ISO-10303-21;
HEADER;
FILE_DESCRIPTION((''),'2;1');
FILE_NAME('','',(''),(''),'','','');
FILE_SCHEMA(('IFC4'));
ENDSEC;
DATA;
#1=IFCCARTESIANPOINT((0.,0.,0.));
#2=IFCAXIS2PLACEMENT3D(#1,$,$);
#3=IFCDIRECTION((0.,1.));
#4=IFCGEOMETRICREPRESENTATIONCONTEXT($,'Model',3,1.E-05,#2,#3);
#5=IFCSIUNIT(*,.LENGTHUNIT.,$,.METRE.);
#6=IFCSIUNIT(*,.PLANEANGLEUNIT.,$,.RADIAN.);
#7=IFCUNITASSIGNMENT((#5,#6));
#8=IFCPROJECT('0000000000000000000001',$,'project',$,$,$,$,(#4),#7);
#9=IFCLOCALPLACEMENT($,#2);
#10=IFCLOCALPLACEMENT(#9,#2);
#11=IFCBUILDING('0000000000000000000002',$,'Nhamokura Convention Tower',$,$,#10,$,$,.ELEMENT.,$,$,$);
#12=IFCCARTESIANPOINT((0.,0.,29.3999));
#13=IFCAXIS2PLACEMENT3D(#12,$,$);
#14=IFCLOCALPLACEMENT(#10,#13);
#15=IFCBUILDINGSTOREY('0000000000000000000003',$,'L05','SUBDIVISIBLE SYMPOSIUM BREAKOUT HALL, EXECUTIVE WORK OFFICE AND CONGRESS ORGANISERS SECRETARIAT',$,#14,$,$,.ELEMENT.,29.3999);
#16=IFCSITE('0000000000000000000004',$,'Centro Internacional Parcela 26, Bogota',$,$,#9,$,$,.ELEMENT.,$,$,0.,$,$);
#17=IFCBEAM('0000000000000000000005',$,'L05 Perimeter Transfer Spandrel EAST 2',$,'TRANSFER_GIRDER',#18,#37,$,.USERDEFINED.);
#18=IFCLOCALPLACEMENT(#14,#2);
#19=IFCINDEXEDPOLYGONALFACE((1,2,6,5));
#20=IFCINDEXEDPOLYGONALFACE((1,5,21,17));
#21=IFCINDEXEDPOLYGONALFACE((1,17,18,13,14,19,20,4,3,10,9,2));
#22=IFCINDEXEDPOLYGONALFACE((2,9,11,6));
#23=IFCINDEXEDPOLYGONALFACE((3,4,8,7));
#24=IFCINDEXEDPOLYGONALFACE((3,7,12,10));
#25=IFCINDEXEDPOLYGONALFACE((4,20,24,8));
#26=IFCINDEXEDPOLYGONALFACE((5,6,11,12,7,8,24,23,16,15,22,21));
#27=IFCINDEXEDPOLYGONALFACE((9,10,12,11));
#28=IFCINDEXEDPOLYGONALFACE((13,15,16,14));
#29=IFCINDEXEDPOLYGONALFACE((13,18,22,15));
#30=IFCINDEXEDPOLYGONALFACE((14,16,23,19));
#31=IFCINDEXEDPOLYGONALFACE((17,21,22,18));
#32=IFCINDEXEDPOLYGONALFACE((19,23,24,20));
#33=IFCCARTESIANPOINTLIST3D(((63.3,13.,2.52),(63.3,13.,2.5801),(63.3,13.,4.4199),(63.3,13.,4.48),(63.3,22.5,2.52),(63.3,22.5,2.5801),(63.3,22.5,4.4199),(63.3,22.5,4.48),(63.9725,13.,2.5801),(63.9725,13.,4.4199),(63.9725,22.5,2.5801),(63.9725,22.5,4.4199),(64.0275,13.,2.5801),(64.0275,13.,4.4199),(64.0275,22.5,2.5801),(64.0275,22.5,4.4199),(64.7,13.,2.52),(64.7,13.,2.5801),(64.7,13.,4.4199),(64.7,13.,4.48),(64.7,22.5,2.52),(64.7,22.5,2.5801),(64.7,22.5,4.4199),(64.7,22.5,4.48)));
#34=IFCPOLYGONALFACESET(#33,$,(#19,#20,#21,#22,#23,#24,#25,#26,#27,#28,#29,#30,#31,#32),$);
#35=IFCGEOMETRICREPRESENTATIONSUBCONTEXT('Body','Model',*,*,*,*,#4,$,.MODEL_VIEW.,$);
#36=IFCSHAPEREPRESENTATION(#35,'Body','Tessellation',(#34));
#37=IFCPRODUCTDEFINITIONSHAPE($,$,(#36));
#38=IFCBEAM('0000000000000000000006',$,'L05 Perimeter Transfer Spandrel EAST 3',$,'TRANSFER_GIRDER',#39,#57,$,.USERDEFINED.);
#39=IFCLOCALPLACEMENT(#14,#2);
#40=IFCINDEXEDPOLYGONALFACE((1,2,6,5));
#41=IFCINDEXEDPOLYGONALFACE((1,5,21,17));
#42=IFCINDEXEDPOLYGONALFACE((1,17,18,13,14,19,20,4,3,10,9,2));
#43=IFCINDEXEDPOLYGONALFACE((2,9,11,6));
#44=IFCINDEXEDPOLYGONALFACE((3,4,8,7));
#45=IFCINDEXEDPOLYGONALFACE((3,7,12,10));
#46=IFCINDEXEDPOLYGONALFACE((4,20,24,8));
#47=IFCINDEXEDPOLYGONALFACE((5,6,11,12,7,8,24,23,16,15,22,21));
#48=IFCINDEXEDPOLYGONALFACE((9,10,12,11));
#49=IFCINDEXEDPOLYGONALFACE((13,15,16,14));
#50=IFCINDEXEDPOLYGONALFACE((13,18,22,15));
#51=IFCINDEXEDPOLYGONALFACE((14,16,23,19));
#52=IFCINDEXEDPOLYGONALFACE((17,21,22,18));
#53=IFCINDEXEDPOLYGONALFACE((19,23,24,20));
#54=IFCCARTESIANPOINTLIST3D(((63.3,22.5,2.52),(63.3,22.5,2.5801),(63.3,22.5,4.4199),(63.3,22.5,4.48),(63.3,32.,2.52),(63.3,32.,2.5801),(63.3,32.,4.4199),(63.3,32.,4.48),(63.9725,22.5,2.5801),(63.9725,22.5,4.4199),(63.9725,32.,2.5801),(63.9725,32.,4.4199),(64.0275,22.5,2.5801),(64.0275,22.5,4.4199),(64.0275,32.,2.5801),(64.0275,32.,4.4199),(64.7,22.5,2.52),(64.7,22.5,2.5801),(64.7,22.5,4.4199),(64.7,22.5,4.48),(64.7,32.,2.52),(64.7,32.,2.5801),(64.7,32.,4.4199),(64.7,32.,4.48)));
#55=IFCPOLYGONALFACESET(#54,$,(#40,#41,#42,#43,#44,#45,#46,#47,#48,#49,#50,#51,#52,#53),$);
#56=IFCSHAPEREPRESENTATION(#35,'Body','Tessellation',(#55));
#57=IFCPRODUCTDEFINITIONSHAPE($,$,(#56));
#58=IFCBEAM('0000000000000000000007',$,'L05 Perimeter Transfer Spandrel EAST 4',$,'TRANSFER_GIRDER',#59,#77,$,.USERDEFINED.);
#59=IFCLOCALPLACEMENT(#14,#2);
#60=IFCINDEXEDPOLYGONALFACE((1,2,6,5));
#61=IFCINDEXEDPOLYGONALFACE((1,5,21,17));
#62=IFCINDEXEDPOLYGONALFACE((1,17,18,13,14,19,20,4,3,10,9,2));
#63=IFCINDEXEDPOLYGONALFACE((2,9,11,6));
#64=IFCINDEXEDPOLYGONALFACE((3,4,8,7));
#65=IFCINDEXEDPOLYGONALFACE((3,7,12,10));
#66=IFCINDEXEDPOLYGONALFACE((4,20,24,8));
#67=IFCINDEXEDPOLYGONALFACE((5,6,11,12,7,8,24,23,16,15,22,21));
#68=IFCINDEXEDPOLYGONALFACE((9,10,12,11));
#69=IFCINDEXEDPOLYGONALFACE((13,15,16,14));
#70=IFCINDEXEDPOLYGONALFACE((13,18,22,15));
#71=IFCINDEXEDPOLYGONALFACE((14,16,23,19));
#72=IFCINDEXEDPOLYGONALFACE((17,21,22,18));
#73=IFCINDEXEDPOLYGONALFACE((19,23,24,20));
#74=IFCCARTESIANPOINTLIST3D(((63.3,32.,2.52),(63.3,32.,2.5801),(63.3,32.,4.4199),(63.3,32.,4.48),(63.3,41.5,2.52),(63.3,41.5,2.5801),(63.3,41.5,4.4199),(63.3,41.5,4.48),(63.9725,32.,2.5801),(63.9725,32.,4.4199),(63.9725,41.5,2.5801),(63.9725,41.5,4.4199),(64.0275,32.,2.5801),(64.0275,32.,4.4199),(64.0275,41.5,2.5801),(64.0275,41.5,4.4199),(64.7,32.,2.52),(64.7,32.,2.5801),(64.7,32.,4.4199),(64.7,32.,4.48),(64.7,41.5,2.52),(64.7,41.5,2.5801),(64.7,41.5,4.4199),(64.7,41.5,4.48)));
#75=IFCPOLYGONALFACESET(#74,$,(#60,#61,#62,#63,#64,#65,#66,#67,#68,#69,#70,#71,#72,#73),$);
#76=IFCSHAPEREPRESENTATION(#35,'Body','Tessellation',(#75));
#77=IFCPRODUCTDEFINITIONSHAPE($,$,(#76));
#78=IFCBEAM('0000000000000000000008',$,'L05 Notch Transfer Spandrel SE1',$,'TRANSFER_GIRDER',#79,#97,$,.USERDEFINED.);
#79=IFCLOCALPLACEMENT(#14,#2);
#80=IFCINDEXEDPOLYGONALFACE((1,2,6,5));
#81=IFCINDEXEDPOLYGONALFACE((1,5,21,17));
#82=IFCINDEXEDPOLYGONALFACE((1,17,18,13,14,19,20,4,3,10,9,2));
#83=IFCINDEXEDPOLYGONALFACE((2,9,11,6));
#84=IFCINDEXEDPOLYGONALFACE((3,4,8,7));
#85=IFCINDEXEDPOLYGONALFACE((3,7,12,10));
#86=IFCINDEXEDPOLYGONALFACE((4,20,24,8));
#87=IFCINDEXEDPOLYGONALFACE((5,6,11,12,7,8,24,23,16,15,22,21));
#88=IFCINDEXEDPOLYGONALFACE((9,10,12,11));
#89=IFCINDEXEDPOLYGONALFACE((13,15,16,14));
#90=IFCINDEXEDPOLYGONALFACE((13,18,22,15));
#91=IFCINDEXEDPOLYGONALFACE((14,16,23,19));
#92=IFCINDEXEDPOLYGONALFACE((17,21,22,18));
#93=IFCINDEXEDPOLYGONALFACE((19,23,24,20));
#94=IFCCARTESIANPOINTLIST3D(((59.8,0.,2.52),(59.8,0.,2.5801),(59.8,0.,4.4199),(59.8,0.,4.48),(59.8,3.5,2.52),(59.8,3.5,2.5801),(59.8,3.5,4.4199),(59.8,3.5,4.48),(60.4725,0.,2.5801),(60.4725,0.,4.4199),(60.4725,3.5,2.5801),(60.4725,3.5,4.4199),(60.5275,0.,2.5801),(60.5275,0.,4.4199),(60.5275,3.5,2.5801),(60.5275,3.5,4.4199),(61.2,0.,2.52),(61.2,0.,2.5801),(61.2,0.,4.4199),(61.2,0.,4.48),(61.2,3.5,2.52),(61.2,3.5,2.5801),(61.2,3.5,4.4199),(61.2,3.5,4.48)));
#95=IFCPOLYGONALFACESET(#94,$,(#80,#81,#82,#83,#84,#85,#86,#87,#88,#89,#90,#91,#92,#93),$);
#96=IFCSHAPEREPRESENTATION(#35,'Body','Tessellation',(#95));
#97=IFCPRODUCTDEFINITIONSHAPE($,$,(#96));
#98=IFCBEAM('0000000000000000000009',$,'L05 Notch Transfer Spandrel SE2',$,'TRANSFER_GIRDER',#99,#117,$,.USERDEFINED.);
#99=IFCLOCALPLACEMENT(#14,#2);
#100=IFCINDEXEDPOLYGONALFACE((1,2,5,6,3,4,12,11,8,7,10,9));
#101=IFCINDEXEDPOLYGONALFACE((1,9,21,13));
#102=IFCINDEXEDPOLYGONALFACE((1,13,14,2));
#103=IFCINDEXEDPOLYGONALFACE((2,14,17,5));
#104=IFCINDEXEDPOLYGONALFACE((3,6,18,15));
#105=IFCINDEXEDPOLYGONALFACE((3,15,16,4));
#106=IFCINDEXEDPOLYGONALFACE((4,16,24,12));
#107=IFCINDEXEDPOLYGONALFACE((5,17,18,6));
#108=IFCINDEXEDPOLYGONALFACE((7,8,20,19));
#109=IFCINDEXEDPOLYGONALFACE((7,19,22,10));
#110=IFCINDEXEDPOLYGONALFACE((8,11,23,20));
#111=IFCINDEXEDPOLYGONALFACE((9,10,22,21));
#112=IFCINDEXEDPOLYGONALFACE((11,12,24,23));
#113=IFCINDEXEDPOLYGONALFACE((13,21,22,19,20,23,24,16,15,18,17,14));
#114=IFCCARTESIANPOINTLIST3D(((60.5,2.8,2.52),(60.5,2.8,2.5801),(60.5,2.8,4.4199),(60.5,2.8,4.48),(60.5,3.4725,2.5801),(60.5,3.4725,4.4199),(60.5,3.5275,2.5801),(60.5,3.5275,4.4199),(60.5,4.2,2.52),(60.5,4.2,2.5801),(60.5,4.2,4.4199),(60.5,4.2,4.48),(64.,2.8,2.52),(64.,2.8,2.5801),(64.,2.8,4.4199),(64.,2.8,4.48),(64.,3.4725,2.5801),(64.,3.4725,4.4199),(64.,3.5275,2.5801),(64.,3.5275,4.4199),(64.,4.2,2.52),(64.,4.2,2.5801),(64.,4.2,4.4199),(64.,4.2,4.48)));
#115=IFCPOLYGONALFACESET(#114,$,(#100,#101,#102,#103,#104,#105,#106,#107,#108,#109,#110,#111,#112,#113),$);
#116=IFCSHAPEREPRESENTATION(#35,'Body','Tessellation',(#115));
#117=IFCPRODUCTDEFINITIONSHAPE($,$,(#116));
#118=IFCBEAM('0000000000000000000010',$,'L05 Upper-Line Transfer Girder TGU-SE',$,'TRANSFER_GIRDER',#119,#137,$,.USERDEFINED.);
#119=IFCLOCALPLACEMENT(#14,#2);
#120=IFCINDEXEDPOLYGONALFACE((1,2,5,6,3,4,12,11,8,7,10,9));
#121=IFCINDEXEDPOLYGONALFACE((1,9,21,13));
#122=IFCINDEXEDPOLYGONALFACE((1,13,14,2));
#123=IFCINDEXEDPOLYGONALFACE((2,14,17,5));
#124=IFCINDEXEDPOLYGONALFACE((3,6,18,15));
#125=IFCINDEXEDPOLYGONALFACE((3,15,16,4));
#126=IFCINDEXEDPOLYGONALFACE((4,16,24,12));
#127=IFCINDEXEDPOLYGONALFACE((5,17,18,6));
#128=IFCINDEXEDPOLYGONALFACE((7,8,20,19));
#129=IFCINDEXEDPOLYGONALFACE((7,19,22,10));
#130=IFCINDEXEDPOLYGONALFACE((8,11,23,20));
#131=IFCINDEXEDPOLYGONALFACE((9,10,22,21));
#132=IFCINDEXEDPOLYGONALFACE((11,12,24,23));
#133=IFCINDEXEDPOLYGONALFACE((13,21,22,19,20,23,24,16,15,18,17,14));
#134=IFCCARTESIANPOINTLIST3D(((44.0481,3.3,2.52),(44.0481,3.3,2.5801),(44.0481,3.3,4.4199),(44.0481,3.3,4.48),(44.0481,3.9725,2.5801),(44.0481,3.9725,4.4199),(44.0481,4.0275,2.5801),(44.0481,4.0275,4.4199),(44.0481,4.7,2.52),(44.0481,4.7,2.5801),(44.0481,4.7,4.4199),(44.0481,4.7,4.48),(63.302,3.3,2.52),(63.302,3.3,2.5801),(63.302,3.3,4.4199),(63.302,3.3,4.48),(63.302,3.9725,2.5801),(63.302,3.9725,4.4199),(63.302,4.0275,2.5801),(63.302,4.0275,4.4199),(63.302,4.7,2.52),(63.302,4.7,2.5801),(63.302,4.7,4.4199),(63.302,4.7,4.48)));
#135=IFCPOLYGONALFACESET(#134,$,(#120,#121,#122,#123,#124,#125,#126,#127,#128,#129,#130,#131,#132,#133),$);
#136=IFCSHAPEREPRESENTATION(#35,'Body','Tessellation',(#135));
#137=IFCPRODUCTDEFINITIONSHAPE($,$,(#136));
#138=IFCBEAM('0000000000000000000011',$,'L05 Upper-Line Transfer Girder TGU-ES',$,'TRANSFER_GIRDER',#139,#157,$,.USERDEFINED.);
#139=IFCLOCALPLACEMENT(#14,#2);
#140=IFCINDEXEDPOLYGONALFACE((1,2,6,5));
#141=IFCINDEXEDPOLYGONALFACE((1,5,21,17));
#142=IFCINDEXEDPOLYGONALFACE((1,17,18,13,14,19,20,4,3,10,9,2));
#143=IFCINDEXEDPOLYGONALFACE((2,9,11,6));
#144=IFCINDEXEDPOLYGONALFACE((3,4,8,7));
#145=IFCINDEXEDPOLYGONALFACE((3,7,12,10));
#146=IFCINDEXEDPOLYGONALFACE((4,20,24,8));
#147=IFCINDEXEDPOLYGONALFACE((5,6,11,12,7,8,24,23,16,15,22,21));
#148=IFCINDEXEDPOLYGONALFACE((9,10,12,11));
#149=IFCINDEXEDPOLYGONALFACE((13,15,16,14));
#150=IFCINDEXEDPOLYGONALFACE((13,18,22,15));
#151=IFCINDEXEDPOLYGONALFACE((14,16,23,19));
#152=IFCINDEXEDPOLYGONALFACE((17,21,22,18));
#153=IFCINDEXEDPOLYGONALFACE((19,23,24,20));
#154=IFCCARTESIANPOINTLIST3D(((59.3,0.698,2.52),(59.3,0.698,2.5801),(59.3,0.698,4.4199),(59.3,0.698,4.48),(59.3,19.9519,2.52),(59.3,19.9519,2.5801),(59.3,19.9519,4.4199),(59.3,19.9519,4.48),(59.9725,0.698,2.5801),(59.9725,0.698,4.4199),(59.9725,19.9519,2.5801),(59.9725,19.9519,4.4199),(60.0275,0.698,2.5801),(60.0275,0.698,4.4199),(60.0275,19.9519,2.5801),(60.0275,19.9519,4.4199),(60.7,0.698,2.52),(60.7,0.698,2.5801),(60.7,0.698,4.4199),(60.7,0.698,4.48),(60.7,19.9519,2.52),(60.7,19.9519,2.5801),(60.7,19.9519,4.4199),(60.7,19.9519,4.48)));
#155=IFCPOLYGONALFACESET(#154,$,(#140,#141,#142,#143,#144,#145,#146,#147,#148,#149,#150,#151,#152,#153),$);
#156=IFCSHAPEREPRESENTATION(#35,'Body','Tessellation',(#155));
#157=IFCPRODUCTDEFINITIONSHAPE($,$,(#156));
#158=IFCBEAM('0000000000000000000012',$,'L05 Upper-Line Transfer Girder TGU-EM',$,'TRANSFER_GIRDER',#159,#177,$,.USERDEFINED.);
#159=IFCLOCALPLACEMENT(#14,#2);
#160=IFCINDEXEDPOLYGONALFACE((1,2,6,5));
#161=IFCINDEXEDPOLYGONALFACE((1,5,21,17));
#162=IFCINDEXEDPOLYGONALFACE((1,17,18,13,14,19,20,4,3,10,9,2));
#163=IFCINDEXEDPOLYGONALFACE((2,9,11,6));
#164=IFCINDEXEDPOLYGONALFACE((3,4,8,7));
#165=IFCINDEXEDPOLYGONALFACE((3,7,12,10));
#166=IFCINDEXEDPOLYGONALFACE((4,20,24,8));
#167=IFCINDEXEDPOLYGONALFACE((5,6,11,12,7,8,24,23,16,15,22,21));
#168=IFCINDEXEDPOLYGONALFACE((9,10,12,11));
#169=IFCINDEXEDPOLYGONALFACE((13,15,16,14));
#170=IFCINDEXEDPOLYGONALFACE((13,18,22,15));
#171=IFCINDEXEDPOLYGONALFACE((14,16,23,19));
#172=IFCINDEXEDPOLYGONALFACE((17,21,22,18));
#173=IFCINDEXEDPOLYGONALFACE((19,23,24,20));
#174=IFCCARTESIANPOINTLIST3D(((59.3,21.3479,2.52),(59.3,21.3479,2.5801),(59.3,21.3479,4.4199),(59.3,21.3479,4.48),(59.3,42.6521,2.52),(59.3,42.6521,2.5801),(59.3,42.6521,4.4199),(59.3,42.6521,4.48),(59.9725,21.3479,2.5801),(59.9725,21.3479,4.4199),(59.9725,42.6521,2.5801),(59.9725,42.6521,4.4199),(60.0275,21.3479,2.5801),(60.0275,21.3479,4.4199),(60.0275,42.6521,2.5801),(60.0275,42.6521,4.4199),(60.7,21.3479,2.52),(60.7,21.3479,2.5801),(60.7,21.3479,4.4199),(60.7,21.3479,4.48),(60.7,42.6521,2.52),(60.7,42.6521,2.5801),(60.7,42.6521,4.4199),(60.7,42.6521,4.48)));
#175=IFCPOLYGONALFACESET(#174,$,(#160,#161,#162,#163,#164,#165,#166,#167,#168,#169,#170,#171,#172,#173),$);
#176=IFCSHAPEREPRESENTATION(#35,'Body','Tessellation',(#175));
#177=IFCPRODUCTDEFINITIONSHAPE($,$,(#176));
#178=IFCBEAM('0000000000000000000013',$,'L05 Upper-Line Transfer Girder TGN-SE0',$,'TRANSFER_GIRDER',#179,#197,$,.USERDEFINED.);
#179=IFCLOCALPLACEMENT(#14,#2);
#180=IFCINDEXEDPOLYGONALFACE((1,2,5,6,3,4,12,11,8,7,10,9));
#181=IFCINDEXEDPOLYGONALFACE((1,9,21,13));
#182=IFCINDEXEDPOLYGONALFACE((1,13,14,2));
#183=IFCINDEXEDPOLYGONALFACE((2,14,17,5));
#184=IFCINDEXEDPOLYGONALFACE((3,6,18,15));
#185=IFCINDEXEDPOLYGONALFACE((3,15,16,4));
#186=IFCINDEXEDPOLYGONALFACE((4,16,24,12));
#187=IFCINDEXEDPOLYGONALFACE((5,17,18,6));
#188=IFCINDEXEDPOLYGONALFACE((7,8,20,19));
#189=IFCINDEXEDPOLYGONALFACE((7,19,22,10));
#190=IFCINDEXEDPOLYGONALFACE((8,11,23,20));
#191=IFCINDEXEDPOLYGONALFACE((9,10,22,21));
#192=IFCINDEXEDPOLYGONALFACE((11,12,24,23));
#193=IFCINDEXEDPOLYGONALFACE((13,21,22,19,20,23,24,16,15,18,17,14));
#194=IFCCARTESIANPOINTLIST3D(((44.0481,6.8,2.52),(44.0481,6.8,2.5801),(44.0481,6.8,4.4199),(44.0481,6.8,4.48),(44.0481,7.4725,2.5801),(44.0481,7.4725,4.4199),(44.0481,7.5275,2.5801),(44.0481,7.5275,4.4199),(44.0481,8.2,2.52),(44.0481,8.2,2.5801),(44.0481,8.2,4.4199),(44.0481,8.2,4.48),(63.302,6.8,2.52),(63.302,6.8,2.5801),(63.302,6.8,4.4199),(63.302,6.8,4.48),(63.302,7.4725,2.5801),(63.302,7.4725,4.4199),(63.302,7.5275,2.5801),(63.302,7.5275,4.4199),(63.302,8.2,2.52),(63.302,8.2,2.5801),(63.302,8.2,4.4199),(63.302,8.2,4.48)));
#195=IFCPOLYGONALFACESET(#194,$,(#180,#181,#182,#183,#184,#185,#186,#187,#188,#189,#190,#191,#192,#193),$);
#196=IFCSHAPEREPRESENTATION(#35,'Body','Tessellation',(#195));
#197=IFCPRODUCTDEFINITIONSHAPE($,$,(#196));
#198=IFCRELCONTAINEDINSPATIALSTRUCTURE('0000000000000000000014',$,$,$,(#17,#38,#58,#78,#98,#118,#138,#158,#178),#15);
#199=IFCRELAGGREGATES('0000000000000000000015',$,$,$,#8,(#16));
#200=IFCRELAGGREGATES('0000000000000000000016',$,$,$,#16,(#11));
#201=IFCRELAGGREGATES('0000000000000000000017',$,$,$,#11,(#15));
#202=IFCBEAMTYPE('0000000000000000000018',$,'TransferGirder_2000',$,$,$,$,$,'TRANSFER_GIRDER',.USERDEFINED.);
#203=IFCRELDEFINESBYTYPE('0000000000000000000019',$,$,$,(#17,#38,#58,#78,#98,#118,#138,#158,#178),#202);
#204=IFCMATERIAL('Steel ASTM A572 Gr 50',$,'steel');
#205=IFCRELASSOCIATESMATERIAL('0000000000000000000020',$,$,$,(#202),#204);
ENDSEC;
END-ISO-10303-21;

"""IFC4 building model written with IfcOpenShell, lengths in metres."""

from ifc_helpers import new_model, si_unit, direction, frame, origin, origin_2d, place, context, subcontext, project, spatial, i_section, extrude, material, material_profile, profile_set, type_object, element, save


model = new_model("IFC4")

# Units and contexts
model_context = context("Model", 3, precision=1e-05, world=origin(), true_north=direction((0.0, 1.0)))
body_context = subcontext(model_context, "Body", "Model", "MODEL_VIEW")
ifc_project = project(units=[si_unit("LENGTHUNIT", "METRE"), si_unit("PLANEANGLEUNIT", "RADIAN")], contexts=[model_context])

# Site, building, storey
site_placement = place(None, origin())
site = spatial("IfcSite", under=ifc_project, at=site_placement, Name="Centro Internacional Parcela 26, Bogota", CompositionType="ELEMENT", RefElevation=0.0)
building_placement = place(site_placement, origin())
building = spatial("IfcBuilding", under=site, at=building_placement, Name="Nhamokura Convention Tower", CompositionType="ELEMENT")
storey_placement = place(building_placement, frame((0.0, 0.0, 29.3999)))
storey = spatial("IfcBuildingStorey", under=building, at=storey_placement, Name="L05", Description="SUBDIVISIBLE SYMPOSIUM BREAKOUT HALL, EXECUTIVE WORK OFFICE AND CONGRESS ORGANISERS SECRETARIAT", CompositionType="ELEMENT", Elevation=29.3999)

# Beams
ifc_material_1 = material(Name="Steel ASTM A572 Gr 50", Category="steel")
ifc_material_profile_1 = material_profile(ifc_material_1, i_section(OverallWidth=1.3999, OverallDepth=1.96, WebThickness=0.0549, FlangeThickness=0.0601, at=origin_2d()))
ifc_profile_set_1 = profile_set([ifc_material_profile_1], Name="Steel ASTM A572 Gr 50")
beam_type_1 = type_object("IfcBeamType", Name="TransferGirder_2000", ElementType="TRANSFER_GIRDER", PredefinedType="USERDEFINED", material=ifc_profile_set_1)
for number, where, z_axis, x_axis, name in (
    (1, (64.0, 13.0, 3.5), (0.0, 1.0, 0.0), (-1.0, 0.0, 0.0), "L05 Perimeter Transfer Spandrel EAST 2"),
    (2, (64.0, 22.5, 3.5), (0.0, 1.0, 0.0), (-1.0, 0.0, 0.0), "L05 Perimeter Transfer Spandrel EAST 3"),
    (3, (64.0, 32.0, 3.5), (0.0, 1.0, 0.0), (-1.0, 0.0, 0.0), "L05 Perimeter Transfer Spandrel EAST 4"),
):
    element("IfcBeam", number, at=place(storey_placement, frame(where, z_axis=z_axis, x_axis=x_axis)), inside=storey, type_object=beam_type_1, Name=name, ObjectType="TRANSFER_GIRDER", PredefinedType="USERDEFINED", context=body_context, shape_type="SweptSolid", body=[
        extrude(i_section(OverallWidth=1.3999, OverallDepth=1.96, WebThickness=0.0549, FlangeThickness=0.0601, at=origin_2d()), origin(), (0.0, 0.0, 1.0), 9.5),
    ])
for number, where, z_axis, x_axis, name in (
    (4, (60.5, 0.0, 3.5), (0.0, 1.0, 0.0), (-1.0, 0.0, 0.0), "L05 Notch Transfer Spandrel SE1"),
    (5, (60.5, 3.5, 3.5), (1.0, 0.0, 0.0), (0.0, 1.0, 0.0), "L05 Notch Transfer Spandrel SE2"),
):
    element("IfcBeam", number, at=place(storey_placement, frame(where, z_axis=z_axis, x_axis=x_axis)), inside=storey, type_object=beam_type_1, Name=name, ObjectType="TRANSFER_GIRDER", PredefinedType="USERDEFINED", context=body_context, shape_type="SweptSolid", body=[
        extrude(i_section(OverallWidth=1.3999, OverallDepth=1.96, WebThickness=0.0549, FlangeThickness=0.0601, at=origin_2d()), origin(), (0.0, 0.0, 1.0), 3.5),
    ])
for number, where, z_axis, x_axis, name in (
    (6, (44.0481, 4.0, 3.5), (1.0, 0.0, 0.0), (0.0, 1.0, 0.0), "L05 Upper-Line Transfer Girder TGU-SE"),
    (7, (60.0, 0.698, 3.5), (0.0, 1.0, 0.0), (-1.0, 0.0, 0.0), "L05 Upper-Line Transfer Girder TGU-ES"),
):
    element("IfcBeam", number, at=place(storey_placement, frame(where, z_axis=z_axis, x_axis=x_axis)), inside=storey, type_object=beam_type_1, Name=name, ObjectType="TRANSFER_GIRDER", PredefinedType="USERDEFINED", context=body_context, shape_type="SweptSolid", body=[
        extrude(i_section(OverallWidth=1.3999, OverallDepth=1.96, WebThickness=0.0549, FlangeThickness=0.0601, at=origin_2d()), origin(), (0.0, 0.0, 1.0), 19.2539),
    ])
beam_1_placement = place(storey_placement, frame((60.0, 21.3479, 3.5), z_axis=(0.0, 1.0, 0.0), x_axis=(-1.0, 0.0, 0.0)))
element("IfcBeam", 8, at=beam_1_placement, inside=storey, type_object=beam_type_1, Name="L05 Upper-Line Transfer Girder TGU-EM", ObjectType="TRANSFER_GIRDER", PredefinedType="USERDEFINED", context=body_context, shape_type="SweptSolid", body=[
    extrude(i_section(OverallWidth=1.3999, OverallDepth=1.96, WebThickness=0.0549, FlangeThickness=0.0601, at=origin_2d()), origin(), (0.0, 0.0, 1.0), 21.3042),
])
beam_2_placement = place(storey_placement, frame((44.0481, 7.5, 3.5), z_axis=(1.0, 0.0, 0.0), x_axis=(0.0, 1.0, 0.0)))
element("IfcBeam", 9, at=beam_2_placement, inside=storey, type_object=beam_type_1, Name="L05 Upper-Line Transfer Girder TGN-SE0", ObjectType="TRANSFER_GIRDER", PredefinedType="USERDEFINED", context=body_context, shape_type="SweptSolid", body=[
    extrude(i_section(OverallWidth=1.3999, OverallDepth=1.96, WebThickness=0.0549, FlangeThickness=0.0601, at=origin_2d()), origin(), (0.0, 0.0, 1.0), 19.2539),
])

save(model, "model.ifc")
